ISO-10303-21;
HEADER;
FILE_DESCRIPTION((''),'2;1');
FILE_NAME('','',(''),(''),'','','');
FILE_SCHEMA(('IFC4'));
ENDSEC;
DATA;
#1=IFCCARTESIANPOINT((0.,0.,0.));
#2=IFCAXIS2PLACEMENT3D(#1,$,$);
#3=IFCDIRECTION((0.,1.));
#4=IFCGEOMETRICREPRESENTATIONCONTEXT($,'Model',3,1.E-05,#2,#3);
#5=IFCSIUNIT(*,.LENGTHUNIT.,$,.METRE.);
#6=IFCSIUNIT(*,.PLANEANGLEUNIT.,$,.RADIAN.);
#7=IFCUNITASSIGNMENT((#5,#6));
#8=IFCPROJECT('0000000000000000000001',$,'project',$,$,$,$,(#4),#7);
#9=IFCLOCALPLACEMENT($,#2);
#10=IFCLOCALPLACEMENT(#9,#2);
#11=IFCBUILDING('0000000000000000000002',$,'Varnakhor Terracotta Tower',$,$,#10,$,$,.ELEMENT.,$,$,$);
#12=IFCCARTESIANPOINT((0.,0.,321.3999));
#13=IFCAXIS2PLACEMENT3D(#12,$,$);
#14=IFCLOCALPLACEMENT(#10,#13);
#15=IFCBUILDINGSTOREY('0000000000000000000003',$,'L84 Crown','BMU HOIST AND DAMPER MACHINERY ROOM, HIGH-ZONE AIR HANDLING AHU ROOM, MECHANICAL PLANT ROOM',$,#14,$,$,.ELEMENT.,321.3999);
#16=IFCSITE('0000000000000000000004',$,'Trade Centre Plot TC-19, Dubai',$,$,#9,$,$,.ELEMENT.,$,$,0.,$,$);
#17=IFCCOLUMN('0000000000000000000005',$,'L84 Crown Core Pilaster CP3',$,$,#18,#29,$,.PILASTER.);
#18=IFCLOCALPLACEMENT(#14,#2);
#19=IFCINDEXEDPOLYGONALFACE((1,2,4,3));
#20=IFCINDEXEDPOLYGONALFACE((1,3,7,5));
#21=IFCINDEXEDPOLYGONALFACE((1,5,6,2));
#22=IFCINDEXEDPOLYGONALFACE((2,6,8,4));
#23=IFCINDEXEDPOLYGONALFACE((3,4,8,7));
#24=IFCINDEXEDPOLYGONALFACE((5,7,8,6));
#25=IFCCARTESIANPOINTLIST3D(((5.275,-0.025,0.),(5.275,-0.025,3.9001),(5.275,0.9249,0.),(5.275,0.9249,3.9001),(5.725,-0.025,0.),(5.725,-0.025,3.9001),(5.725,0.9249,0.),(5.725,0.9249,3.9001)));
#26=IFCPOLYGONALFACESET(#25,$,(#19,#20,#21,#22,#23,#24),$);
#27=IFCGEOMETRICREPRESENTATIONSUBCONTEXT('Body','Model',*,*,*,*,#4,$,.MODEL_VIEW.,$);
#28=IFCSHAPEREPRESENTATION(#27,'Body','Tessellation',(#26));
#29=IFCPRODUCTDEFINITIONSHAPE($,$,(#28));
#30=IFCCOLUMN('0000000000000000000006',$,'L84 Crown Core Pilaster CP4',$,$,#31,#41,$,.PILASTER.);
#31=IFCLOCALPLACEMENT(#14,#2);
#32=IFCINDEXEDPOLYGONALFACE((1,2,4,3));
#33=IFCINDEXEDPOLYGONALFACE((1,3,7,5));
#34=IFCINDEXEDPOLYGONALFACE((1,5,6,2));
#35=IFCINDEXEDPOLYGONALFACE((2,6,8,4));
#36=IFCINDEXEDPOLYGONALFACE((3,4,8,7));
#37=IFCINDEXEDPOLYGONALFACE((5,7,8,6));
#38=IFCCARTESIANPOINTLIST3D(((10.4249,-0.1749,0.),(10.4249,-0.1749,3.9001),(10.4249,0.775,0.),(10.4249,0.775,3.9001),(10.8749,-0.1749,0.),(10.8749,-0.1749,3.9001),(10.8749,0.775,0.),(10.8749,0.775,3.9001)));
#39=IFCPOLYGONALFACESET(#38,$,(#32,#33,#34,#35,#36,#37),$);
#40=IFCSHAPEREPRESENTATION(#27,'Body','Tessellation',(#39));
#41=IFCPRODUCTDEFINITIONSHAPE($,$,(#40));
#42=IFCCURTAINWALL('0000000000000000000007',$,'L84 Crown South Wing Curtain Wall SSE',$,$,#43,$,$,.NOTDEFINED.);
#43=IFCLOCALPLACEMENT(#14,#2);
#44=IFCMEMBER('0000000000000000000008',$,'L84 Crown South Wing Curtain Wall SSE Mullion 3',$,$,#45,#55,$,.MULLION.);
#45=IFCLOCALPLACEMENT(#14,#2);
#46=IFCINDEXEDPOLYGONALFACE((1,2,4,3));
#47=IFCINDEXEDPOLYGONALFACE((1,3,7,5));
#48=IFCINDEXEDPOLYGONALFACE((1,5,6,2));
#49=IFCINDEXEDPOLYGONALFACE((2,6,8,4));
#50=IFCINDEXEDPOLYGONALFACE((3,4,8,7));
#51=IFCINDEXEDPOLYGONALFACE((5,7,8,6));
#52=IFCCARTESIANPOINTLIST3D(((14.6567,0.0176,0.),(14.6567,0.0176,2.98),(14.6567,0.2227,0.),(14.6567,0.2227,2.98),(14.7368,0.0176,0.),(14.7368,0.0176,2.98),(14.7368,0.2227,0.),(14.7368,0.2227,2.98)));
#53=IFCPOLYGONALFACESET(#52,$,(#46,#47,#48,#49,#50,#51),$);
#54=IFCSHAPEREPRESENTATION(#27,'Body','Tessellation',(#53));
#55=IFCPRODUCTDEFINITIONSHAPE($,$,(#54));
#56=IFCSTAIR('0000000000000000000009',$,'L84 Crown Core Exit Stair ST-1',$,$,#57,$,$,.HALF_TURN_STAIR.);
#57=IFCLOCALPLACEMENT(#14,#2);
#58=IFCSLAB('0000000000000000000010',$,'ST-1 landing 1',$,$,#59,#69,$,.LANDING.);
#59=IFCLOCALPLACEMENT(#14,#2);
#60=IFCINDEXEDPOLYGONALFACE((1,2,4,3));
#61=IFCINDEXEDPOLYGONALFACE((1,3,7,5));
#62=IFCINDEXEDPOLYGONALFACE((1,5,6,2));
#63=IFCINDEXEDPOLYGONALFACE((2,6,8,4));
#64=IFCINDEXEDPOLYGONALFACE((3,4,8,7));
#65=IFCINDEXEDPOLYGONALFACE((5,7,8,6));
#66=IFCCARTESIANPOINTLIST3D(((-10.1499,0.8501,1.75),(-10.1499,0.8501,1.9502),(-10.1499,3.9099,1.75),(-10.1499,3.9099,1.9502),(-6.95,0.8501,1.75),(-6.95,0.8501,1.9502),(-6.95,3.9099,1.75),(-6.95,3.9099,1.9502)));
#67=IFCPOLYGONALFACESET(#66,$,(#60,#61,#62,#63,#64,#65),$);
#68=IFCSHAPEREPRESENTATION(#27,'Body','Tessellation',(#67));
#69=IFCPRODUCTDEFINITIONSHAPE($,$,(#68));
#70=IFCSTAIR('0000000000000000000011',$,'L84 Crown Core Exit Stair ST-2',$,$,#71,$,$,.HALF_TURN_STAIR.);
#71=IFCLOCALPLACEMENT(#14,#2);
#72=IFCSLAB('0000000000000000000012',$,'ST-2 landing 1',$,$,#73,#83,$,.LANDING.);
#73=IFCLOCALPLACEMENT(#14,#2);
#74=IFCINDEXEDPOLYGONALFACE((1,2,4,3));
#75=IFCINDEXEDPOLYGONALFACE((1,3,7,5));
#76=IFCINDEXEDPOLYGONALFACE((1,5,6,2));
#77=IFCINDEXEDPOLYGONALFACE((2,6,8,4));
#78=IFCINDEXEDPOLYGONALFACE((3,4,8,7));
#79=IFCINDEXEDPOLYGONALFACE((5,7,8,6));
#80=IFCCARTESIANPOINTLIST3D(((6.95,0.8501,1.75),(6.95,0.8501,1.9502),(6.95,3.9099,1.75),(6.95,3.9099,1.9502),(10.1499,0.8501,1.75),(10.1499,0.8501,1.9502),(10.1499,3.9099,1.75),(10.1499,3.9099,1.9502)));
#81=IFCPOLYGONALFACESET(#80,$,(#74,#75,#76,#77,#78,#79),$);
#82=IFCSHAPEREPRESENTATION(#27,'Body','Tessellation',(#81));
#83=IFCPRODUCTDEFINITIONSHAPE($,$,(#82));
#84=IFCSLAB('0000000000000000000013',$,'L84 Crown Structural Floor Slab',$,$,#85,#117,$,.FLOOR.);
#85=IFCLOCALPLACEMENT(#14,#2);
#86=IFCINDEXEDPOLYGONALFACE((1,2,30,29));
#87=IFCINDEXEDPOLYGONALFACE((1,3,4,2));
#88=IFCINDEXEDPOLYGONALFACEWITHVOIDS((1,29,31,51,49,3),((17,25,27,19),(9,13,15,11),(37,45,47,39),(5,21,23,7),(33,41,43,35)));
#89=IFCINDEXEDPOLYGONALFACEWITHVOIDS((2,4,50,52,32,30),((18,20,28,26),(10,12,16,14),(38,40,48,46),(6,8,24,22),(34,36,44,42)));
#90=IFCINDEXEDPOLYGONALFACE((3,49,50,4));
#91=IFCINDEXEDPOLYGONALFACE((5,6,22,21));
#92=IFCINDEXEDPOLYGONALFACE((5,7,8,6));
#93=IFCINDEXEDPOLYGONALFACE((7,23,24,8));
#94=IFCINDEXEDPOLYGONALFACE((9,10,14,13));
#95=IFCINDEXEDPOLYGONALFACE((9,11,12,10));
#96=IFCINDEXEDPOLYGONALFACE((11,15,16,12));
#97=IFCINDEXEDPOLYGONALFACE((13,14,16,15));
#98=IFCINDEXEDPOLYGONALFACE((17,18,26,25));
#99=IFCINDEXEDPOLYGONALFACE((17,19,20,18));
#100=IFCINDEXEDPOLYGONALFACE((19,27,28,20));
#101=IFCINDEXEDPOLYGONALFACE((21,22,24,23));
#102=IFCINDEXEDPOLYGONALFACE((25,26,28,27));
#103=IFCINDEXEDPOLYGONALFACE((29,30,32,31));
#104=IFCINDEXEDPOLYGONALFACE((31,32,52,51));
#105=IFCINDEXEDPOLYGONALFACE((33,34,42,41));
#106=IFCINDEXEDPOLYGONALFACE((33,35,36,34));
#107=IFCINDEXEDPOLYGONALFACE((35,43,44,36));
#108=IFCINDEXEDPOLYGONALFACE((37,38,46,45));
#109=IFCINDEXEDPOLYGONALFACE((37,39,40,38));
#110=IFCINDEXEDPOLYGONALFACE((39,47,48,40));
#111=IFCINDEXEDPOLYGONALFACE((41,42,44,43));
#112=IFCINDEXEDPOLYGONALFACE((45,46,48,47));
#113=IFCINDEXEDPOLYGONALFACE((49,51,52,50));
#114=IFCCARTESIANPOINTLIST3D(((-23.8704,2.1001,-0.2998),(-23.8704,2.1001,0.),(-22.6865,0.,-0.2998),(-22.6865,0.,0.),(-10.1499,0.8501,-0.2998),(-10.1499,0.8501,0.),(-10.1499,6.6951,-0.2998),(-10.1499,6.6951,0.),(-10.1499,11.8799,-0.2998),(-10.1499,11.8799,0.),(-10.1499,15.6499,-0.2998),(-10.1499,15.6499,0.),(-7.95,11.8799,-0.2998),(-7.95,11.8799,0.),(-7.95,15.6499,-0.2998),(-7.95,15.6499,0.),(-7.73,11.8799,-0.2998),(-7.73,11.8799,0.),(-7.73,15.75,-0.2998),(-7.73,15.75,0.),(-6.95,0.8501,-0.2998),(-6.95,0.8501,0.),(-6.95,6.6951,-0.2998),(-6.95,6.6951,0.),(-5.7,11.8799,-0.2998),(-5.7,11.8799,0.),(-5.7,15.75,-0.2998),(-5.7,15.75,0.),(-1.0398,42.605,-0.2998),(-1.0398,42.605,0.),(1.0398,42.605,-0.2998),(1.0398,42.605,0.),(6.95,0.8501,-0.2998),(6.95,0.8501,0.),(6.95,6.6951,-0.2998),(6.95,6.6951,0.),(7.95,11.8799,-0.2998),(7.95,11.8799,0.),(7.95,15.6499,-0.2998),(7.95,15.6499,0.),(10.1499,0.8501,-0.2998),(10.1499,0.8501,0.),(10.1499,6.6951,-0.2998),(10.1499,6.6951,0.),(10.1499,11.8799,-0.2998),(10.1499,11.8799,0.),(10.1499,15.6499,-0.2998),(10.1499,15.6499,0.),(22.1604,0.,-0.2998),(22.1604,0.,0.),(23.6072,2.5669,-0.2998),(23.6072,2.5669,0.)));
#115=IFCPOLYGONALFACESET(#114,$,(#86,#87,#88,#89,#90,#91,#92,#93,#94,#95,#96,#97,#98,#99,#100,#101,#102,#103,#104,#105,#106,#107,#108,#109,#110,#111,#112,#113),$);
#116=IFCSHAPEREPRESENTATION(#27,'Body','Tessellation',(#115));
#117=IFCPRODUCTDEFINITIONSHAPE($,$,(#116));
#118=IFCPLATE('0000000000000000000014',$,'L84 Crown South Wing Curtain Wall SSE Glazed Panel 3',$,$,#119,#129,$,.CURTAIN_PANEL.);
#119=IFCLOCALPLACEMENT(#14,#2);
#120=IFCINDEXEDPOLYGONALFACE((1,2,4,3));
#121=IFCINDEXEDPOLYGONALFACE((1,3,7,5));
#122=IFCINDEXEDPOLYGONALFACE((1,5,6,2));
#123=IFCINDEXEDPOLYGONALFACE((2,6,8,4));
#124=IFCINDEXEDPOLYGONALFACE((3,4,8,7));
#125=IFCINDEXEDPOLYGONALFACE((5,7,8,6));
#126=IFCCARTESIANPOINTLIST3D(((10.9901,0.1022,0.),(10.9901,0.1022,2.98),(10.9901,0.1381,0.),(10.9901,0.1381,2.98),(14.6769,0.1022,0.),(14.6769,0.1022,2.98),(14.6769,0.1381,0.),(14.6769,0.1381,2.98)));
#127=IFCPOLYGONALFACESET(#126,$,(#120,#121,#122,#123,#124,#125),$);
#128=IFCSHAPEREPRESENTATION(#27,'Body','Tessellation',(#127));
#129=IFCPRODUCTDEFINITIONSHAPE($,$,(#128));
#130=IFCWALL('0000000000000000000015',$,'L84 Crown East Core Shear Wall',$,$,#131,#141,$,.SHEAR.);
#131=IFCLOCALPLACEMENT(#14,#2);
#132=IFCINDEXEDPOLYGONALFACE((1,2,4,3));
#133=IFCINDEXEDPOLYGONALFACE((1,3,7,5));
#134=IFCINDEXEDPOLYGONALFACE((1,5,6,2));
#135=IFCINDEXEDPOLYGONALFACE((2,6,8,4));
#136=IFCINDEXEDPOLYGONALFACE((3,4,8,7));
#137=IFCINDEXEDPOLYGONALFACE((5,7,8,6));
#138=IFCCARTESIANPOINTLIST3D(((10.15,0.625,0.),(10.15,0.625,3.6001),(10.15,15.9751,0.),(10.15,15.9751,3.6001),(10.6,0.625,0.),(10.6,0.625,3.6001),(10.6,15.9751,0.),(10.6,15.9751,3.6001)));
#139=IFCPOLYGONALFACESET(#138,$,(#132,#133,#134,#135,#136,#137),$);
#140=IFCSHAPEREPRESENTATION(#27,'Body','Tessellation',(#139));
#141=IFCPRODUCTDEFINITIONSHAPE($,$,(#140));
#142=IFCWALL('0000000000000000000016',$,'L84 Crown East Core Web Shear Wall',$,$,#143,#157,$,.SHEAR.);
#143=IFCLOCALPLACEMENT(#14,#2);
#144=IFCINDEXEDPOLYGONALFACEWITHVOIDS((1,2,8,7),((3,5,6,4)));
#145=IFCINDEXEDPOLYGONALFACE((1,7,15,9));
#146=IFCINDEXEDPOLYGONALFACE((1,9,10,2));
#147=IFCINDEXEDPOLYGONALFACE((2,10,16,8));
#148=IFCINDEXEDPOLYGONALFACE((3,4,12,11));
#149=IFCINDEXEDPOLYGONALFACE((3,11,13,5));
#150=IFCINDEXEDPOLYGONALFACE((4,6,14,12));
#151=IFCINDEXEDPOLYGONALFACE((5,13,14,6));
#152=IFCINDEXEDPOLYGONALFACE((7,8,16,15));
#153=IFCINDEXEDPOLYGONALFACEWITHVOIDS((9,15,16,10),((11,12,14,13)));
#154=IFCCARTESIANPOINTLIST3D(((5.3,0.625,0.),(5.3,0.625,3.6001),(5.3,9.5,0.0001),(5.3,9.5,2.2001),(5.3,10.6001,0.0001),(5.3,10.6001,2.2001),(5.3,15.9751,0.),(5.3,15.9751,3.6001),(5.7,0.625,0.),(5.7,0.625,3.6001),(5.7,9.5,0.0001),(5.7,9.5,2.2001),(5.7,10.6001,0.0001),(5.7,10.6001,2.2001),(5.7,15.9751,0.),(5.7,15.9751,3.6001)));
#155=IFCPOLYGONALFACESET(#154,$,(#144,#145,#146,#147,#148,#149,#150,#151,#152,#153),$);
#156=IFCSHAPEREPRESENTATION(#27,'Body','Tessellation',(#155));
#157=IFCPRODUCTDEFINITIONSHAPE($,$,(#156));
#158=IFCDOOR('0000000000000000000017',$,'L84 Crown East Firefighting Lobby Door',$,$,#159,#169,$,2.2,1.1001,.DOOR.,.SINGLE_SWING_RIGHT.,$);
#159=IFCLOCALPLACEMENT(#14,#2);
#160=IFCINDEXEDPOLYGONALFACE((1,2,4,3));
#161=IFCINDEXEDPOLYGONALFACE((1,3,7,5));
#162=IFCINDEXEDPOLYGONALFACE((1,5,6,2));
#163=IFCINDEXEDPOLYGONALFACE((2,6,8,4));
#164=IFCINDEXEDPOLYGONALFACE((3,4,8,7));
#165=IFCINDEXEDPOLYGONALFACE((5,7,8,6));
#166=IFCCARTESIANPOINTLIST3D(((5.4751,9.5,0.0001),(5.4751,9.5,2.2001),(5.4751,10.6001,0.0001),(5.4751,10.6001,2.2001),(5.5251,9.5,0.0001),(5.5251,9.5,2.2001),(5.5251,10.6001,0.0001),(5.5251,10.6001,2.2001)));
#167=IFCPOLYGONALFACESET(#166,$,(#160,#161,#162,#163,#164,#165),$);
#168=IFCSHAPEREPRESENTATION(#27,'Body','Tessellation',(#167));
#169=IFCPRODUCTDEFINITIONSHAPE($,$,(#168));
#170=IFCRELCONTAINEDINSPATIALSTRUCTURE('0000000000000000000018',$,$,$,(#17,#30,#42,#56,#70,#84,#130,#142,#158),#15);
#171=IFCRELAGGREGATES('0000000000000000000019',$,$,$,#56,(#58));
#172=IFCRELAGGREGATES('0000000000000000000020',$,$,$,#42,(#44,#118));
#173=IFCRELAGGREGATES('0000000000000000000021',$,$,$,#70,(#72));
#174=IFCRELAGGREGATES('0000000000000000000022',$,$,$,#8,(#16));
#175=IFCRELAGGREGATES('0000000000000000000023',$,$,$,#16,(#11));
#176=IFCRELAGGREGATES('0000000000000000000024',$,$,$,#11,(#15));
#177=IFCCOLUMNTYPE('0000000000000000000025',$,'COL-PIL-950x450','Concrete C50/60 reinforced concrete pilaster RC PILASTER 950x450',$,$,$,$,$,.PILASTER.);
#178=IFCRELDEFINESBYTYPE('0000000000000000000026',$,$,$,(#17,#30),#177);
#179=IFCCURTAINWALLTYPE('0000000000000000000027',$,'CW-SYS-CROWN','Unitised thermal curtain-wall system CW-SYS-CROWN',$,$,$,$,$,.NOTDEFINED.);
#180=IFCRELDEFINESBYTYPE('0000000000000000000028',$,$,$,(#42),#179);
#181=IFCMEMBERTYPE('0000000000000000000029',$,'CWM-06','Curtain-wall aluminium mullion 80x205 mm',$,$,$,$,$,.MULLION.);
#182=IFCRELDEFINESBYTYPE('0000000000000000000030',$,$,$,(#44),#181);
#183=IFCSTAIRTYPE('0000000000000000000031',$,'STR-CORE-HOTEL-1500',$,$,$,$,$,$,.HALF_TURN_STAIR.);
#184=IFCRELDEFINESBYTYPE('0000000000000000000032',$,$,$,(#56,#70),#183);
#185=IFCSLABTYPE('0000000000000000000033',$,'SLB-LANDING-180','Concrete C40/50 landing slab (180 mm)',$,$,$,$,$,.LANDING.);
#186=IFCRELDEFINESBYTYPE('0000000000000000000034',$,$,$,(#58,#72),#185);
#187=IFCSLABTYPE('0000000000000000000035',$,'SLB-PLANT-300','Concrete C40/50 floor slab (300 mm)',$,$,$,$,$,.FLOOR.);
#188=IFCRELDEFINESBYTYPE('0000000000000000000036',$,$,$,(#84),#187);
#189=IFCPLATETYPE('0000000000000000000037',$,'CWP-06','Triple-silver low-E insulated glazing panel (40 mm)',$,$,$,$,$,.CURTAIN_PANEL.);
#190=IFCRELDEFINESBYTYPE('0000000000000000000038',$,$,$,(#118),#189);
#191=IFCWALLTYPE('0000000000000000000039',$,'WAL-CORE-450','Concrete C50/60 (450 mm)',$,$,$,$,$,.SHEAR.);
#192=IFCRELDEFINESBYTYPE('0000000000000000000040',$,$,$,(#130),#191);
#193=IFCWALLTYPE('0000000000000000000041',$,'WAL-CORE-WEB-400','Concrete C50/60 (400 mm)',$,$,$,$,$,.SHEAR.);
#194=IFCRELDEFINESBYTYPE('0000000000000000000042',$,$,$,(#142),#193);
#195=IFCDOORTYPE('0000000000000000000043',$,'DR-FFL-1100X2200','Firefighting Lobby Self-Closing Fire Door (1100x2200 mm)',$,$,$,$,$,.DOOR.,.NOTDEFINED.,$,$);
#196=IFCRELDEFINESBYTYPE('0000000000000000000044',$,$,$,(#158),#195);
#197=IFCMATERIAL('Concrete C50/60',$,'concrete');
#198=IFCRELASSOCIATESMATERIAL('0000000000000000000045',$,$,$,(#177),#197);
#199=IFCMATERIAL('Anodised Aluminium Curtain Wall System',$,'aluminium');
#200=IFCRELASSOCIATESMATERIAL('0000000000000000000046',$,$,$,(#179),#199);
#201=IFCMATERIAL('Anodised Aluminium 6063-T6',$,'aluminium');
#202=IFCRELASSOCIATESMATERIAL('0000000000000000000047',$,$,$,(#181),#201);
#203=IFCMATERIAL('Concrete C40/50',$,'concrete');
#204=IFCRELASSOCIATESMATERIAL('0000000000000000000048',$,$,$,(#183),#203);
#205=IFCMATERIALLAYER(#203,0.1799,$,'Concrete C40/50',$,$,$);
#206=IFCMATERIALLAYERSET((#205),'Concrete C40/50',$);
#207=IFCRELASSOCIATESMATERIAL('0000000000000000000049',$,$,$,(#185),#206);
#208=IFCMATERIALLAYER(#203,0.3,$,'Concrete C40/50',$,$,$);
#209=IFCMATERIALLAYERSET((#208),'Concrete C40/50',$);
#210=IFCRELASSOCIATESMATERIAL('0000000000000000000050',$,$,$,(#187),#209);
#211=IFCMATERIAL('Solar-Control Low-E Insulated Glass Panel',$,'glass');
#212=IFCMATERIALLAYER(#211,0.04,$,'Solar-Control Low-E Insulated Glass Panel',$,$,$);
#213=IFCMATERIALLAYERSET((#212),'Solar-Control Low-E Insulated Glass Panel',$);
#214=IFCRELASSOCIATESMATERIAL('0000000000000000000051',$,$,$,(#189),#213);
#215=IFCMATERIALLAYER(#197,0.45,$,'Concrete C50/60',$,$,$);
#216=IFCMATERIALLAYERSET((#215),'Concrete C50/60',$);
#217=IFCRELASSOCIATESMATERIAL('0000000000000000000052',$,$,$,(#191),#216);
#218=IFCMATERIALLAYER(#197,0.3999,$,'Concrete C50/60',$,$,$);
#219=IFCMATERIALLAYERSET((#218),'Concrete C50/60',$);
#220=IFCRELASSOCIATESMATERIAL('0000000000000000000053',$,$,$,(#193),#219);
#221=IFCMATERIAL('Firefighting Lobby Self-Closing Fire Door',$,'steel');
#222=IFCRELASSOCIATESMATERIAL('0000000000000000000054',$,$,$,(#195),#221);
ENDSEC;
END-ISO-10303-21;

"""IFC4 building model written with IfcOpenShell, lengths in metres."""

from ifc_helpers import new_model, si_unit, direction, frame, frame_2d, origin, origin_2d, place, context, subcontext, project, spatial, polyline, rectangle, outline, extrude, source, transform, mapped, material, layer, layer_set, material_profile, profile_set, type_object, type_shapes, element, fill, aggregate, save


model = new_model("IFC4")

# Units and contexts
model_context = context("Model", 3, precision=1e-05, world=origin(), true_north=direction((0.0, 1.0)))
body_context = subcontext(model_context, "Body", "Model", "MODEL_VIEW")
ifc_project = project(units=[si_unit("LENGTHUNIT", "METRE"), si_unit("PLANEANGLEUNIT", "RADIAN")], contexts=[model_context])

# Site, building, storey
site_placement = place(None, origin())
site = spatial("IfcSite", under=ifc_project, at=site_placement, Name="Trade Centre Plot TC-19, Dubai", CompositionType="ELEMENT", RefElevation=0.0)
building_placement = place(site_placement, origin())
building = spatial("IfcBuilding", under=site, at=building_placement, Name="Varnakhor Terracotta Tower", CompositionType="ELEMENT")
storey_placement = place(building_placement, frame((0.0, 0.0, 321.3999)))
storey = spatial("IfcBuildingStorey", under=building, at=storey_placement, Name="L84 Crown", Description="BMU HOIST AND DAMPER MACHINERY ROOM, HIGH-ZONE AIR HANDLING AHU ROOM, MECHANICAL PLANT ROOM", CompositionType="ELEMENT", Elevation=321.3999)

# Columns
ifc_material_1 = material(Name="Concrete C50/60", Category="concrete")
ifc_material_profile_1 = material_profile(ifc_material_1, rectangle(XDim=0.45, YDim=0.95, at=origin_2d()), Name="RC PILASTER 950x450")
ifc_profile_set_1 = profile_set([ifc_material_profile_1], Name="Concrete C50/60")
column_type = type_object("IfcColumnType", Name="COL-PIL-950x450", Description="Concrete C50/60 reinforced concrete pilaster RC PILASTER 950x450", PredefinedType="PILASTER", material=ifc_profile_set_1)
shared_shape_1 = source(origin(), body_context, "Body", "SweptSolid", [
    extrude(rectangle(XDim=0.45, YDim=0.95, at=origin_2d()), origin(), (0.0, 0.0, 1.0), 3.9001),
])
for number, where, z_axis, x_axis, name in (
    (1, (5.5, 0.45, 0.0), (0.0, 0.0, 1.0), (1.0, 0.0, 0.0), "L84 Crown Core Pilaster CP3"),
    (2, (10.6499, 0.3, 0.0), (0.0, 0.0, 1.0), (1.0, 0.0, 0.0), "L84 Crown Core Pilaster CP4"),
):
    element("IfcColumn", number, at=place(storey_placement, frame(where, z_axis=z_axis, x_axis=x_axis)), inside=storey, type_object=column_type, Name=name, PredefinedType="PILASTER", context=body_context, shape_type="MappedRepresentation", body=[
        mapped(shared_shape_1, transform((0.0, 0.0, 0.0), scale=1.0)),
    ])

# Curtain wall, member
ifc_material_2 = material(Name="Anodised Aluminium Curtain Wall System", Category="aluminium")
curtain_wall_type = type_object("IfcCurtainWallType", Name="CW-SYS-CROWN", Description="Unitised thermal curtain-wall system CW-SYS-CROWN", PredefinedType="NOTDEFINED", material=ifc_material_2)
curtain_wall_placement = place(storey_placement, origin())
curtain_wall = element("IfcCurtainWall", 3, at=curtain_wall_placement, inside=storey, type_object=curtain_wall_type, Name="L84 Crown South Wing Curtain Wall SSE", PredefinedType="NOTDEFINED")
ifc_material_3 = material(Name="Anodised Aluminium 6063-T6", Category="aluminium")
ifc_material_profile_2 = material_profile(ifc_material_3, rectangle(XDim=0.0801, YDim=0.2051, at=origin_2d()), Name="ALU MULLION 80x205")
ifc_profile_set_2 = profile_set([ifc_material_profile_2], Name="Anodised Aluminium 6063-T6")
member_type = type_object("IfcMemberType", Name="CWM-06", Description="Curtain-wall aluminium mullion 80x205 mm", PredefinedType="MULLION", material=ifc_profile_set_2)
shared_shape_2 = source(origin(), body_context, "Body", "SweptSolid", [
    extrude(rectangle(XDim=0.0801, YDim=0.2051, at=origin_2d()), origin(), (0.0, 0.0, 1.0), 2.98),
])
type_shapes(member_type, [shared_shape_2])
member_placement = place(storey_placement, frame((14.6968, 0.1201, 0.0), z_axis=(0.0, 0.0, 1.0), x_axis=(1.0, 0.0, 0.0)))
member = element("IfcMember", 4, at=member_placement, type_object=member_type, Name="L84 Crown South Wing Curtain Wall SSE Mullion 3", PredefinedType="MULLION", context=body_context, shape_type="MappedRepresentation", body=[
    mapped(shared_shape_2, transform((0.0, 0.0, 0.0), scale=1.0)),
])

# Stairs, slabs
ifc_material_4 = material(Name="Concrete C40/50", Category="concrete")
stair_type = type_object("IfcStairType", Name="STR-CORE-HOTEL-1500", PredefinedType="HALF_TURN_STAIR", material=ifc_material_4)
stair_1_placement = place(storey_placement, origin())
stair_1 = element("IfcStair", 5, at=stair_1_placement, inside=storey, type_object=stair_type, Name="L84 Crown Core Exit Stair ST-1", PredefinedType="HALF_TURN_STAIR")
ifc_layer_1 = layer(ifc_material_4, 0.1799, Name="Concrete C40/50")
ifc_layer_set_1 = layer_set([ifc_layer_1], Name="Concrete C40/50")
slab_type_1 = type_object("IfcSlabType", Name="SLB-LANDING-180", Description="Concrete C40/50 landing slab (180 mm)", PredefinedType="LANDING", material=ifc_layer_set_1)
slab_1_placement = place(storey_placement, frame((0.0, 0.0, 1.75)))
slab_1 = element("IfcSlab", 6, at=slab_1_placement, type_object=slab_type_1, Name="ST-1 landing 1", PredefinedType="LANDING", context=body_context, shape_type="SweptSolid", body=[
    extrude(outline(polyline([(-10.1499, 3.9099), (-10.1499, 0.8501), (-6.95, 0.8501), (-6.95, 3.9099), (-10.1499, 3.9099)])), origin(), (0.0, 0.0, 1.0), 0.2002),
])
aggregate(stair_1, [slab_1])
stair_2_placement = place(storey_placement, origin())
stair_2 = element("IfcStair", 7, at=stair_2_placement, inside=storey, type_object=stair_type, Name="L84 Crown Core Exit Stair ST-2", PredefinedType="HALF_TURN_STAIR")
slab_2_placement = place(storey_placement, frame((0.0, 0.0, 1.75)))
slab_2 = element("IfcSlab", 8, at=slab_2_placement, type_object=slab_type_1, Name="ST-2 landing 1", PredefinedType="LANDING", context=body_context, shape_type="SweptSolid", body=[
    extrude(outline(polyline([(6.95, 3.9099), (6.95, 0.8501), (10.1499, 0.8501), (10.1499, 3.9099), (6.95, 3.9099)])), origin(), (0.0, 0.0, 1.0), 0.2002),
])

# Slab
ifc_layer_2 = layer(ifc_material_4, 0.3, Name="Concrete C40/50")
ifc_layer_set_2 = layer_set([ifc_layer_2], Name="Concrete C40/50")
slab_type_2 = type_object("IfcSlabType", Name="SLB-PLANT-300", Description="Concrete C40/50 floor slab (300 mm)", PredefinedType="FLOOR", material=ifc_layer_set_2)
slab_3_placement = place(storey_placement, frame((0.0, 0.0, -0.2998)))
element("IfcSlab", 9, at=slab_3_placement, inside=storey, type_object=slab_type_2, Name="L84 Crown Structural Floor Slab", PredefinedType="FLOOR", context=body_context, shape_type="SweptSolid", body=[
    extrude(outline(polyline([(-1.0398, 42.605), (1.0398, 42.605), (23.6072, 2.5669), (22.1604, 0.0), (-22.6865, 0.0), (-23.8704, 2.1001), (-1.0398, 42.605)]), holes=[polyline([(-6.95, 6.6951), (-10.1499, 6.6951), (-10.1499, 0.8501), (-6.95, 0.8501), (-6.95, 6.6951)]), polyline([(10.1499, 6.6951), (6.95, 6.6951), (6.95, 0.8501), (10.1499, 0.8501), (10.1499, 6.6951)]), polyline([(-7.95, 15.6499), (-10.1499, 15.6499), (-10.1499, 11.8799), (-7.95, 11.8799), (-7.95, 15.6499)]), polyline([(10.1499, 11.8799), (10.1499, 15.6499), (7.95, 15.6499), (7.95, 11.8799), (10.1499, 11.8799)]), polyline([(-5.7, 11.8799), (-5.7, 15.75), (-7.73, 15.75), (-7.73, 11.8799), (-5.7, 11.8799)])]), origin(), (0.0, 0.0, 1.0), 0.2998),
])

# Plate
ifc_material_5 = material(Name="Solar-Control Low-E Insulated Glass Panel", Category="glass")
ifc_layer_3 = layer(ifc_material_5, 0.04, Name="Solar-Control Low-E Insulated Glass Panel")
ifc_layer_set_3 = layer_set([ifc_layer_3], Name="Solar-Control Low-E Insulated Glass Panel")
plate_type = type_object("IfcPlateType", Name="CWP-06", Description="Triple-silver low-E insulated glazing panel (40 mm)", PredefinedType="CURTAIN_PANEL", material=ifc_layer_set_3)
shared_shape_3 = source(origin(), body_context, "Body", "SweptSolid", [
    extrude(rectangle(XDim=3.6868, YDim=0.0359, at=origin_2d()), origin(), (0.0, 0.0, 1.0), 2.98),
])
plate_placement = place(storey_placement, frame((12.8335, 0.1201, 0.0), z_axis=(0.0, 0.0, 1.0), x_axis=(-1.0, 0.0, 0.0)))
plate = element("IfcPlate", 10, at=plate_placement, type_object=plate_type, Name="L84 Crown South Wing Curtain Wall SSE Glazed Panel 3", PredefinedType="CURTAIN_PANEL", context=body_context, shape_type="MappedRepresentation", body=[
    mapped(shared_shape_3, transform((0.0, 0.0, 0.0), scale=1.0)),
])
aggregate(curtain_wall, [member, plate])

# Wall
ifc_layer_4 = layer(ifc_material_1, 0.45, Name="Concrete C50/60")
ifc_layer_set_4 = layer_set([ifc_layer_4], Name="Concrete C50/60")
wall_type_1 = type_object("IfcWallType", Name="WAL-CORE-450", Description="Concrete C50/60 (450 mm)", PredefinedType="SHEAR", material=ifc_layer_set_4)
wall_1_placement = place(storey_placement, frame((10.375, 0.625, 0.0), z_axis=(0.0, 0.0, 1.0), x_axis=(0.0, 1.0, 0.0)))
element("IfcWall", 11, at=wall_1_placement, inside=storey, type_object=wall_type_1, Name="L84 Crown East Core Shear Wall", PredefinedType="SHEAR", context=body_context, shape_type="SweptSolid", body=[
    extrude(rectangle(XDim=15.3501, YDim=0.45, at=frame_2d((7.675, 0.0))), origin(), (0.0, 0.0, 1.0), 3.6001),
])

# Wall, opening, door
ifc_layer_5 = layer(ifc_material_1, 0.3999, Name="Concrete C50/60")
ifc_layer_set_5 = layer_set([ifc_layer_5], Name="Concrete C50/60")
wall_type_2 = type_object("IfcWallType", Name="WAL-CORE-WEB-400", Description="Concrete C50/60 (400 mm)", PredefinedType="SHEAR", material=ifc_layer_set_5)
wall_2_placement = place(storey_placement, frame((5.5, 0.625, 0.0), z_axis=(0.0, 0.0, 1.0), x_axis=(0.0, 1.0, 0.0)))
wall_2 = element("IfcWall", 12, at=wall_2_placement, inside=storey, type_object=wall_type_2, Name="L84 Crown East Core Web Shear Wall", PredefinedType="SHEAR", context=body_context, shape_type="SweptSolid", body=[
    extrude(rectangle(XDim=15.3501, YDim=0.3999, at=frame_2d((7.675, 0.0))), origin(), (0.0, 0.0, 1.0), 3.6001),
])
opening_1_placement = place(wall_2_placement, frame((8.875, 0.0, 0.0)))
opening_1 = element("IfcOpeningElement", 13, at=opening_1_placement, cuts=wall_2, PredefinedType="OPENING", context=body_context, shape_type="SweptSolid", body=[
    extrude(rectangle(XDim=1.1001, YDim=2.2, at=frame_2d((0.55, 1.1001))), frame((0.0, 0.21, 0.0), z_axis=(0.0, -1.0, 0.0), x_axis=(1.0, 0.0, 0.0)), (0.0, 0.0, 1.0), 0.4199),
])
ifc_material_6 = material(Name="Firefighting Lobby Self-Closing Fire Door", Category="steel")
door_type_1 = type_object("IfcDoorType", Name="DR-FFL-1100X2200", Description="Firefighting Lobby Self-Closing Fire Door (1100x2200 mm)", OperationType="NOTDEFINED", PredefinedType="DOOR", material=ifc_material_6)
shared_shape_4 = source(origin(), body_context, "Body", "SweptSolid", [
    extrude(rectangle(XDim=1.1001, YDim=2.2, at=frame_2d((0.55, 1.1001))), frame((0.0, 0.0249, 0.0), z_axis=(0.0, -1.0, 0.0), x_axis=(1.0, 0.0, 0.0)), (0.0, 0.0, 1.0), 0.05),
])
type_shapes(door_type_1, [shared_shape_4])
door_1_placement = place(opening_1_placement, origin())
door_1 = element("IfcDoor", 14, at=door_1_placement, inside=storey, type_object=door_type_1, Name="L84 Crown East Firefighting Lobby Door", OperationType="SINGLE_SWING_RIGHT", OverallHeight=2.2, OverallWidth=1.1001, PredefinedType="DOOR", context=body_context, shape_type="MappedRepresentation", body=[
    mapped(shared_shape_4, transform((0.0, 0.0, 0.0), scale=1.0)),
])
fill(opening_1, door_1)

aggregate(stair_2, [slab_2])

save(model, "model.ifc")
